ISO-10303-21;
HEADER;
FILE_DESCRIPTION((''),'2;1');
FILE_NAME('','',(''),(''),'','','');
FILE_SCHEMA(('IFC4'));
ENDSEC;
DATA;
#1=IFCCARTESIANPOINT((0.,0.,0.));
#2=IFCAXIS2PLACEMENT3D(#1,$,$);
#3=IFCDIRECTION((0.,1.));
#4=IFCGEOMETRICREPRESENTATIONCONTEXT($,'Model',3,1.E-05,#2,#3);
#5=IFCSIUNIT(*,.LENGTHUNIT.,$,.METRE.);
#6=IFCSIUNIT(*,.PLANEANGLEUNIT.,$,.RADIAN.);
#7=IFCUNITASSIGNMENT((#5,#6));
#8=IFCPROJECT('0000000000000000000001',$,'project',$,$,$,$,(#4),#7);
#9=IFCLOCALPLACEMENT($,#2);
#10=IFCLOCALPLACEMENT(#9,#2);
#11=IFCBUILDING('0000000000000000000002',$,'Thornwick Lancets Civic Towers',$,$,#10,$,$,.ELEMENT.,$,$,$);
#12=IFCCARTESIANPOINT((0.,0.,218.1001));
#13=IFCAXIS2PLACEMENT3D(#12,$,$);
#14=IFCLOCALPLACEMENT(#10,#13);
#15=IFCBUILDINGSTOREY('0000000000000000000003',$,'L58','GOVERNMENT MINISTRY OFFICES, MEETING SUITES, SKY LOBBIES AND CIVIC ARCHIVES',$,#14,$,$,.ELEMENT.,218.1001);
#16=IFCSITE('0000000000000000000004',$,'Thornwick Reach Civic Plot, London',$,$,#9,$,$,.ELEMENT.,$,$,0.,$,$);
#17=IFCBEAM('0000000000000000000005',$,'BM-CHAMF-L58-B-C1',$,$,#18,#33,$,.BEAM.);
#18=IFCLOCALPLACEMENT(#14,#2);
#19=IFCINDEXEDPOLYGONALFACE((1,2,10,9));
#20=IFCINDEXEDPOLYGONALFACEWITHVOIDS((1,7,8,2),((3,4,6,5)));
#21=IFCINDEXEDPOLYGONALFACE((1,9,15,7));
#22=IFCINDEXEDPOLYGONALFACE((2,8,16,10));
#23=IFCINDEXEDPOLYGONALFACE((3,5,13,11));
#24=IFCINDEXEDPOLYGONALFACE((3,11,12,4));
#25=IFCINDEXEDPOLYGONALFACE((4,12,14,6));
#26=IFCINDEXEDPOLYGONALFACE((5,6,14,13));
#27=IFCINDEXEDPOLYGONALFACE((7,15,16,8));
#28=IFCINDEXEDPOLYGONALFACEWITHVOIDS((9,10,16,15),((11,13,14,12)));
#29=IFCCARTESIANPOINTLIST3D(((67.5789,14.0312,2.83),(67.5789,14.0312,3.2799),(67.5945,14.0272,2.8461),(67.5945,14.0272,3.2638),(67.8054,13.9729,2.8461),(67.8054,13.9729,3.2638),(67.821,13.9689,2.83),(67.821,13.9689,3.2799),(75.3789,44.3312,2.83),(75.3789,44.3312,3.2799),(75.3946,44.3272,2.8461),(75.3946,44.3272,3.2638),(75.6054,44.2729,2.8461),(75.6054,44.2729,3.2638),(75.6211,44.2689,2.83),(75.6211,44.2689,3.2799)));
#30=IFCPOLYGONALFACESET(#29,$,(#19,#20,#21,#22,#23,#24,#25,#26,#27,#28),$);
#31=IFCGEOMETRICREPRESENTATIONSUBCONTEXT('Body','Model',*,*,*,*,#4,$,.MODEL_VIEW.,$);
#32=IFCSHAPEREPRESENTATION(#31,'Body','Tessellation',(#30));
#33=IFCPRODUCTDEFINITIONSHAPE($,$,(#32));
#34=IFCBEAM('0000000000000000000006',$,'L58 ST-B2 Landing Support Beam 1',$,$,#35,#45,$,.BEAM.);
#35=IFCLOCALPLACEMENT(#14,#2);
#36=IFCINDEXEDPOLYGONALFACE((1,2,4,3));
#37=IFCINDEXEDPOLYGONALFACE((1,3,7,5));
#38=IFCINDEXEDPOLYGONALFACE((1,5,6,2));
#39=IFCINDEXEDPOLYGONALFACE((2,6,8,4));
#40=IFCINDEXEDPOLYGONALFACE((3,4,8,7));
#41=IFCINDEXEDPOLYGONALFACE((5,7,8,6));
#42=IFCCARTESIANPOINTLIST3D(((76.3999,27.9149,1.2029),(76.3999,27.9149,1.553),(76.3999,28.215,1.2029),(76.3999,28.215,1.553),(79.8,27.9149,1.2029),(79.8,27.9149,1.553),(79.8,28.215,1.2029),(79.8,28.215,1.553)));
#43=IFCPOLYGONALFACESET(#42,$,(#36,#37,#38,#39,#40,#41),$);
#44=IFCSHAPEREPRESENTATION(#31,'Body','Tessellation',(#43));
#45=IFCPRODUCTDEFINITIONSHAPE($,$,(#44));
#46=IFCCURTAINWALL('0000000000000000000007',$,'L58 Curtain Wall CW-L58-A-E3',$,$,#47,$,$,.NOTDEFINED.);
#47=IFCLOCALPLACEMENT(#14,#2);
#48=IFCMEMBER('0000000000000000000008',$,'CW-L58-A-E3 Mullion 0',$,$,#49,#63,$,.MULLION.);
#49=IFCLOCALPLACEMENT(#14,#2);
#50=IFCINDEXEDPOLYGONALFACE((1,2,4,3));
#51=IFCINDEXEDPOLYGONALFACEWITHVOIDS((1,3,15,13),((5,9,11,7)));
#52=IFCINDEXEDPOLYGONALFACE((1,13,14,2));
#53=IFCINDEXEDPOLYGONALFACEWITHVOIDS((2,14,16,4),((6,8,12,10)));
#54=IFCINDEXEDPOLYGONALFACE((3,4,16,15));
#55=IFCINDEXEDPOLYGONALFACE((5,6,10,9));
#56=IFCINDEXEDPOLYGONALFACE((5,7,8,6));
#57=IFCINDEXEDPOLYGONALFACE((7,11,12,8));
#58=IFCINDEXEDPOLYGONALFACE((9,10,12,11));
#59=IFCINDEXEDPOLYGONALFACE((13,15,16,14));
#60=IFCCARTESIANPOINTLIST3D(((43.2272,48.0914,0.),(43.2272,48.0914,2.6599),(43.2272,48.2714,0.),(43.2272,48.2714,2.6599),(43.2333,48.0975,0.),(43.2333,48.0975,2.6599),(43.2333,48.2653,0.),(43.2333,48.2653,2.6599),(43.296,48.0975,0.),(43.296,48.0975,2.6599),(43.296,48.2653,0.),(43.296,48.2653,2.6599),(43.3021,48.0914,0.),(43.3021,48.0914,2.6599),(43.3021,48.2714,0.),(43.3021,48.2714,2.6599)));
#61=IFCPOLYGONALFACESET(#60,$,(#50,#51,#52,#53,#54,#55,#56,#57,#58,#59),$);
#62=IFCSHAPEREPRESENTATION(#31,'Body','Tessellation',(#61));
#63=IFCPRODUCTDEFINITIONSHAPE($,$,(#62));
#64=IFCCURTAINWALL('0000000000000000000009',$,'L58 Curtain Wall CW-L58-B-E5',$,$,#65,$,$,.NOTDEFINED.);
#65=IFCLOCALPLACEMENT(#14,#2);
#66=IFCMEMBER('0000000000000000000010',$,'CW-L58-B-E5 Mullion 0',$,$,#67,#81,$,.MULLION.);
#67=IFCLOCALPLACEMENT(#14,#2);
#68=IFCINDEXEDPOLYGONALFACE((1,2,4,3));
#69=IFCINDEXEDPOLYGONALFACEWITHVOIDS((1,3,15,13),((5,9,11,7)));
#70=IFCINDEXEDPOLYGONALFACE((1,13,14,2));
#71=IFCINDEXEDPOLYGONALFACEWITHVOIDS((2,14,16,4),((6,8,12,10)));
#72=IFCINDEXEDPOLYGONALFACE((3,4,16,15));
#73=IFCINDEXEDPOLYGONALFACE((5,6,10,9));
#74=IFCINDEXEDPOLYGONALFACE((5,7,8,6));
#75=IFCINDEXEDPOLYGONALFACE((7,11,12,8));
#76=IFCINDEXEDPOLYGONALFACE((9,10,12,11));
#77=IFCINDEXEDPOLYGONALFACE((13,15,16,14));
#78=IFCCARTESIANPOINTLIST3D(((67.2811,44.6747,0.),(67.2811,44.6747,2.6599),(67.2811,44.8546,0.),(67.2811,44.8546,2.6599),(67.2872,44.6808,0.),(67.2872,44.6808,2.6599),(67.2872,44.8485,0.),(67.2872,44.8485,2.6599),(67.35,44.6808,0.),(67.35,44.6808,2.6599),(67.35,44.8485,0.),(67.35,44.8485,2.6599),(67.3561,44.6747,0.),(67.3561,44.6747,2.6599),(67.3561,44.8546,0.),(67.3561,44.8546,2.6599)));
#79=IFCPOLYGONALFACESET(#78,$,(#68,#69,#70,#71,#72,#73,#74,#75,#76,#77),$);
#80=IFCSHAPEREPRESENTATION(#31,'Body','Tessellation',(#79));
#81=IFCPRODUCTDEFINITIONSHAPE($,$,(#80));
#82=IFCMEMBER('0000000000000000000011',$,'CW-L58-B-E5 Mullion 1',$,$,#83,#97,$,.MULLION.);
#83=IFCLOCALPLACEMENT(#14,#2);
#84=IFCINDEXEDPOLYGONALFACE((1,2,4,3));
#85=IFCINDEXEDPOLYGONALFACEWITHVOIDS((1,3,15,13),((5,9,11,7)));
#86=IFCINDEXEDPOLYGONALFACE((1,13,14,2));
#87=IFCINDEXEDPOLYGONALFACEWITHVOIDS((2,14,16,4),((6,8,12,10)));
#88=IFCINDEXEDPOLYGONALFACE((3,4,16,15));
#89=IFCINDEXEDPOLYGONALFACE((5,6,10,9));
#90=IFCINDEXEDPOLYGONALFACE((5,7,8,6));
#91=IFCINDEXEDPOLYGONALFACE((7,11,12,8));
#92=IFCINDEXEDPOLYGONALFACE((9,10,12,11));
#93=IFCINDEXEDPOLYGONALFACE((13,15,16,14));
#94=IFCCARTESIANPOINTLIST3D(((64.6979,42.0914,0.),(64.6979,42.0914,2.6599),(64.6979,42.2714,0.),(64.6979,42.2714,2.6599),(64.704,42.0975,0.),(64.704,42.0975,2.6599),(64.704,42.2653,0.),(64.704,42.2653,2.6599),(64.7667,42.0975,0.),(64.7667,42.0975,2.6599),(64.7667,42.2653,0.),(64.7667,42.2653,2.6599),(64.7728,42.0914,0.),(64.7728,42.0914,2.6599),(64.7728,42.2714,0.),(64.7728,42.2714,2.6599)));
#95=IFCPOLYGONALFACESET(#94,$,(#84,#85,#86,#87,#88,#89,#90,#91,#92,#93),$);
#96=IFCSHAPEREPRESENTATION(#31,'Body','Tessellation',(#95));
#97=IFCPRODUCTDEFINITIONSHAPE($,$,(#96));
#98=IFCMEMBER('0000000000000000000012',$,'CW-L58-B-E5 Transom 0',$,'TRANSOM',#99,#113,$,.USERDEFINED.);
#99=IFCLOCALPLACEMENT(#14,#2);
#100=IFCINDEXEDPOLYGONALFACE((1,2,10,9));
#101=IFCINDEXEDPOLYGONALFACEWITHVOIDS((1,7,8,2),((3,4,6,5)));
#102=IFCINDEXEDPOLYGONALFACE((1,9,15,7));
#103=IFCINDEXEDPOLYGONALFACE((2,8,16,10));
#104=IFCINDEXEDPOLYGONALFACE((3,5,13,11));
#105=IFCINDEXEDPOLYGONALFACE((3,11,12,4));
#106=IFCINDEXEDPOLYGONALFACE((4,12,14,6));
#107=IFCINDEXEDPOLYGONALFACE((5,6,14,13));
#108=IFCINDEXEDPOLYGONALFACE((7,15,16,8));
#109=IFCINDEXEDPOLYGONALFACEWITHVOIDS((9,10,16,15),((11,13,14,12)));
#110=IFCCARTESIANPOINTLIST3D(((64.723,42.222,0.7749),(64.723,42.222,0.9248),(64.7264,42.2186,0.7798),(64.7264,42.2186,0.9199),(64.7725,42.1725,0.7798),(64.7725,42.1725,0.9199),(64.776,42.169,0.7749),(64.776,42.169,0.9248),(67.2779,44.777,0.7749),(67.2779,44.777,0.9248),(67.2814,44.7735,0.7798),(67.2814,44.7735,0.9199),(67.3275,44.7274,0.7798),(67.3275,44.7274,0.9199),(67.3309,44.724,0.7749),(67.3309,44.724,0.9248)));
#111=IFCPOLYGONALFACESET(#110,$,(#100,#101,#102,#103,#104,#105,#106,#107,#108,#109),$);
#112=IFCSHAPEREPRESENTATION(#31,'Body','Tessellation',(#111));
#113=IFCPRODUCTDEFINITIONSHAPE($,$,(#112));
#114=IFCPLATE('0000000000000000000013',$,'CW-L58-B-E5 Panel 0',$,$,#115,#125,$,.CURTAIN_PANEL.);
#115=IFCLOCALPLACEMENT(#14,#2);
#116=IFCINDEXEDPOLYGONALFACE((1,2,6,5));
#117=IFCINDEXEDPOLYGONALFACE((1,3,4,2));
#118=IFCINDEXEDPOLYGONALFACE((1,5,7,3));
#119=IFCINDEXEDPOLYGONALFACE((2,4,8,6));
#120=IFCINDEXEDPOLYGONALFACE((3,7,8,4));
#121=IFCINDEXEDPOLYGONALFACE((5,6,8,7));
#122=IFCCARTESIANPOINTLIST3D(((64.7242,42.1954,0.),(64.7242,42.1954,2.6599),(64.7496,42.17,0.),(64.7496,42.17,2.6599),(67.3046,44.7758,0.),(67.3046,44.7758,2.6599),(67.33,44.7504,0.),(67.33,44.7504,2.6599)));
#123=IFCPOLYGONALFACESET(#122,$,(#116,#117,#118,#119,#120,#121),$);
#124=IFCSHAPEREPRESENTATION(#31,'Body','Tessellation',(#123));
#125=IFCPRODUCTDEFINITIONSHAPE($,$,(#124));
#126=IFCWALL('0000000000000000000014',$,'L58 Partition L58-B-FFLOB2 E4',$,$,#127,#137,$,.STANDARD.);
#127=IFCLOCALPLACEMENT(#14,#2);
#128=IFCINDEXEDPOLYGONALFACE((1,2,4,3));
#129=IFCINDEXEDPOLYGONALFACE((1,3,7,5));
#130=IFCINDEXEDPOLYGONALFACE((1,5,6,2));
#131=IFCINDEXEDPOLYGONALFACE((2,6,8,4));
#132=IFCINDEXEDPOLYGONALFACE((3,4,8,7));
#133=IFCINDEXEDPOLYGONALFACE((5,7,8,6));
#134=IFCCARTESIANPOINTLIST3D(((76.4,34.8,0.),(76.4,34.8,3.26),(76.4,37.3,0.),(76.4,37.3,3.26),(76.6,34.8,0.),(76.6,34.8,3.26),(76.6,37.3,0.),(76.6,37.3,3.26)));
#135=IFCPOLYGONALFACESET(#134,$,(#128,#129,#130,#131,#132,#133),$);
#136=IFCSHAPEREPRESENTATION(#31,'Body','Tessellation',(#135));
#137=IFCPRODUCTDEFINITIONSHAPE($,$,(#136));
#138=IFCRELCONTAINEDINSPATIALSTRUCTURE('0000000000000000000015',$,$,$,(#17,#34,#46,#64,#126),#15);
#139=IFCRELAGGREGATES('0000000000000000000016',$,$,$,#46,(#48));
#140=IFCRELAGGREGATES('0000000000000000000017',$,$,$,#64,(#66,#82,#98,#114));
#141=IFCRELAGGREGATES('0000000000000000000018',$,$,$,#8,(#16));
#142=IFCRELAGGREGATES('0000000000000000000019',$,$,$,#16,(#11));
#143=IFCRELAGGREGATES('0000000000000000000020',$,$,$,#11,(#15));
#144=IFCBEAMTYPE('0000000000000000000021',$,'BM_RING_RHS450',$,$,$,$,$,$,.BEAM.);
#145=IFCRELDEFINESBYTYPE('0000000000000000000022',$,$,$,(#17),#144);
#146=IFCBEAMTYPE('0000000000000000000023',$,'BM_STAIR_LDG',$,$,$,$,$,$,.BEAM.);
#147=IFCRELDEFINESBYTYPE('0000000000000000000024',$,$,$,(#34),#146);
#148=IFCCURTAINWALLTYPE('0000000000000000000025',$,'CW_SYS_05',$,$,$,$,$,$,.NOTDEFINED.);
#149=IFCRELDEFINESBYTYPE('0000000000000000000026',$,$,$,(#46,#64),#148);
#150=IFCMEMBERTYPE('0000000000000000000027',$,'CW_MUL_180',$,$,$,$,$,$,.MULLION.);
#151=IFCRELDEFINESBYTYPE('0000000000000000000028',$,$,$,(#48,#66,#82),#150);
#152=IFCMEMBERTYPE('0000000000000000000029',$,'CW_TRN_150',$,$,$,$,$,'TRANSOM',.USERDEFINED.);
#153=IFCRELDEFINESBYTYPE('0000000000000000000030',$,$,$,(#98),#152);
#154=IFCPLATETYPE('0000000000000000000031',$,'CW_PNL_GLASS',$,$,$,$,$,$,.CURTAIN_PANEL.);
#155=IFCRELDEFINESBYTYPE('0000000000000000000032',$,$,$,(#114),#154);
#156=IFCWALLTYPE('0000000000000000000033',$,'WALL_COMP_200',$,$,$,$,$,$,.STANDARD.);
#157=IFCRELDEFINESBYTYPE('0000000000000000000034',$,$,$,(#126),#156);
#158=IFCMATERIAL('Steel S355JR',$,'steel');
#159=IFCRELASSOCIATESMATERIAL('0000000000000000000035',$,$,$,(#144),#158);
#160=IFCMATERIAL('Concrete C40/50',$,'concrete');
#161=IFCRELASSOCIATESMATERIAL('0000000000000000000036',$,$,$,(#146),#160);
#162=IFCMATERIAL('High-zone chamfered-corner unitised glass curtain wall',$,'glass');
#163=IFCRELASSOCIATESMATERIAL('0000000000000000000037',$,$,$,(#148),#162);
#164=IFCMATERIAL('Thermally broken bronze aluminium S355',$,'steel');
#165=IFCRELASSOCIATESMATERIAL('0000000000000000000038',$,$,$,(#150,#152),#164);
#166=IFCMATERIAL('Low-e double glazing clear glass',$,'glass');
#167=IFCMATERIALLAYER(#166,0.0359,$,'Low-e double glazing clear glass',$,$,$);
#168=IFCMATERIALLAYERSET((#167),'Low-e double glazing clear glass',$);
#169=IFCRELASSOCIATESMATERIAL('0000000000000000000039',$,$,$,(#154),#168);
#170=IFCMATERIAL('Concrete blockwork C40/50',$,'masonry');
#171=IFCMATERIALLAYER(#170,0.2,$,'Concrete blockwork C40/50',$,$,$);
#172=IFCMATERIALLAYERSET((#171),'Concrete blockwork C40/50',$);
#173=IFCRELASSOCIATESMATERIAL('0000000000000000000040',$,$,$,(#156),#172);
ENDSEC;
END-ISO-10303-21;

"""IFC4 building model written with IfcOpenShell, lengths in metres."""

from ifc_helpers import new_model, si_unit, direction, frame, frame_2d, origin, origin_2d, place, context, subcontext, project, spatial, rectangle, hollow_rectangle, extrude, material, layer, layer_set, material_profile, profile_set, type_object, element, aggregate, save


model = new_model("IFC4")

# Units and contexts
model_context = context("Model", 3, precision=1e-05, world=origin(), true_north=direction((0.0, 1.0)))
body_context = subcontext(model_context, "Body", "Model", "MODEL_VIEW")
ifc_project = project(units=[si_unit("LENGTHUNIT", "METRE"), si_unit("PLANEANGLEUNIT", "RADIAN")], contexts=[model_context])

# Site, building, storey
site_placement = place(None, origin())
site = spatial("IfcSite", under=ifc_project, at=site_placement, Name="Thornwick Reach Civic Plot, London", CompositionType="ELEMENT", RefElevation=0.0)
building_placement = place(site_placement, origin())
building = spatial("IfcBuilding", under=site, at=building_placement, Name="Thornwick Lancets Civic Towers", CompositionType="ELEMENT")
storey_placement = place(building_placement, frame((0.0, 0.0, 218.1001)))
storey = spatial("IfcBuildingStorey", under=building, at=storey_placement, Name="L58", Description="GOVERNMENT MINISTRY OFFICES, MEETING SUITES, SKY LOBBIES AND CIVIC ARCHIVES", CompositionType="ELEMENT", Elevation=218.1001)

# Shared definitions
ifc_material_1 = material(Name="Steel S355JR", Category="steel")

# Beams
ifc_material_profile_1 = material_profile(ifc_material_1, hollow_rectangle(XDim=0.25, YDim=0.45, WallThickness=0.0161, at=origin_2d()), Name="RHS 450x250x16")
ifc_profile_set_1 = profile_set([ifc_material_profile_1], Name="Steel S355JR")
beam_type_1 = type_object("IfcBeamType", Name="BM_RING_RHS450", PredefinedType="BEAM", material=ifc_profile_set_1)
beam_1_placement = place(storey_placement, frame((75.5, 44.3, 3.0549), z_axis=(-0.249299, -0.968427, 0.0), x_axis=(0.968427, -0.249299, 0.0)))
element("IfcBeam", 1, at=beam_1_placement, inside=storey, type_object=beam_type_1, Name="BM-CHAMF-L58-B-C1", PredefinedType="BEAM", context=body_context, shape_type="SweptSolid", body=[
    extrude(hollow_rectangle(XDim=0.25, YDim=0.45, WallThickness=0.0161, at=origin_2d()), origin(), (0.0, 0.0, 1.0), 31.2878),
])
ifc_material_2 = material(Name="Concrete C40/50", Category="concrete")
ifc_material_profile_2 = material_profile(ifc_material_2, rectangle(XDim=0.3, YDim=0.3501, at=origin_2d()), Name="RC 300x350")
ifc_profile_set_2 = profile_set([ifc_material_profile_2], Name="Concrete C40/50")
beam_type_2 = type_object("IfcBeamType", Name="BM_STAIR_LDG", PredefinedType="BEAM", material=ifc_profile_set_2)
beam_2_placement = place(storey_placement, frame((76.3999, 28.0649, 1.3779), z_axis=(1.0, 0.0, 0.0), x_axis=(0.0, 1.0, 0.0)))
element("IfcBeam", 2, at=beam_2_placement, inside=storey, type_object=beam_type_2, Name="L58 ST-B2 Landing Support Beam 1", PredefinedType="BEAM", context=body_context, shape_type="SweptSolid", body=[
    extrude(rectangle(XDim=0.3, YDim=0.3501, at=origin_2d()), origin(), (0.0, 0.0, 1.0), 3.4001),
])

# Curtain wall, member
ifc_material_3 = material(Name="High-zone chamfered-corner unitised glass curtain wall", Category="glass")
curtain_wall_type = type_object("IfcCurtainWallType", Name="CW_SYS_05", PredefinedType="NOTDEFINED", material=ifc_material_3)
curtain_wall_1_placement = place(storey_placement, origin())
curtain_wall_1 = element("IfcCurtainWall", 3, at=curtain_wall_1_placement, inside=storey, type_object=curtain_wall_type, Name="L58 Curtain Wall CW-L58-A-E3", PredefinedType="NOTDEFINED")
ifc_material_4 = material(Name="Thermally broken bronze aluminium S355", Category="steel")
ifc_material_profile_3 = material_profile(ifc_material_4, hollow_rectangle(XDim=0.075, YDim=0.1799, WallThickness=0.0061, at=origin_2d()), Name="RHS 180x75x6")
ifc_profile_set_3 = profile_set([ifc_material_profile_3], Name="Thermally broken bronze aluminium S355")
member_type_1 = type_object("IfcMemberType", Name="CW_MUL_180", PredefinedType="MULLION", material=ifc_profile_set_3)
member_1_placement = place(storey_placement, frame((43.2646, 48.1814, 0.0), z_axis=(0.0, 0.0, 1.0), x_axis=(1.0, 0.0, 0.0)))
member_1 = element("IfcMember", 4, at=member_1_placement, type_object=member_type_1, Name="CW-L58-A-E3 Mullion 0", PredefinedType="MULLION", context=body_context, shape_type="SweptSolid", body=[
    extrude(hollow_rectangle(XDim=0.075, YDim=0.1799, WallThickness=0.0061, at=origin_2d()), origin(), (0.0, 0.0, 1.0), 2.6599),
])
aggregate(curtain_wall_1, [member_1])

# Curtain wall, members, plate
curtain_wall_2_placement = place(storey_placement, origin())
curtain_wall_2 = element("IfcCurtainWall", 5, at=curtain_wall_2_placement, inside=storey, type_object=curtain_wall_type, Name="L58 Curtain Wall CW-L58-B-E5", PredefinedType="NOTDEFINED")
member_2_placement = place(storey_placement, frame((67.3186, 44.7646, 0.0), z_axis=(0.0, 0.0, 1.0), x_axis=(1.0, 0.0, 0.0)))
member_2 = element("IfcMember", 6, at=member_2_placement, type_object=member_type_1, Name="CW-L58-B-E5 Mullion 0", PredefinedType="MULLION", context=body_context, shape_type="SweptSolid", body=[
    extrude(hollow_rectangle(XDim=0.075, YDim=0.1799, WallThickness=0.0061, at=origin_2d()), origin(), (0.0, 0.0, 1.0), 2.6599),
])
member_3_placement = place(storey_placement, frame((64.7354, 42.1814, 0.0), z_axis=(0.0, 0.0, 1.0), x_axis=(1.0, 0.0, 0.0)))
member_3 = element("IfcMember", 7, at=member_3_placement, type_object=member_type_1, Name="CW-L58-B-E5 Mullion 1", PredefinedType="MULLION", context=body_context, shape_type="SweptSolid", body=[
    extrude(hollow_rectangle(XDim=0.075, YDim=0.1799, WallThickness=0.0061, at=origin_2d()), origin(), (0.0, 0.0, 1.0), 2.6599),
])
ifc_material_profile_4 = material_profile(ifc_material_4, hollow_rectangle(XDim=0.075, YDim=0.1499, WallThickness=0.0049, at=origin_2d()), Name="RHS 150x75x5")
ifc_profile_set_4 = profile_set([ifc_material_profile_4], Name="Thermally broken bronze aluminium S355")
member_type_2 = type_object("IfcMemberType", Name="CW_TRN_150", ElementType="TRANSOM", PredefinedType="USERDEFINED", material=ifc_profile_set_4)
member_4_placement = place(storey_placement, frame((67.3044, 44.7505, 0.8499), z_axis=(-0.707107, -0.707107, 0.0), x_axis=(0.707107, -0.707107, 0.0)))
member_4 = element("IfcMember", 8, at=member_4_placement, type_object=member_type_2, Name="CW-L58-B-E5 Transom 0", ObjectType="TRANSOM", PredefinedType="USERDEFINED", context=body_context, shape_type="SweptSolid", body=[
    extrude(hollow_rectangle(XDim=0.075, YDim=0.1499, WallThickness=0.0049, at=origin_2d()), origin(), (0.0, 0.0, 1.0), 3.6133),
])
ifc_material_5 = material(Name="Low-e double glazing clear glass", Category="glass")
ifc_layer_1 = layer(ifc_material_5, 0.0359, Name="Low-e double glazing clear glass")
ifc_layer_set_1 = layer_set([ifc_layer_1], Name="Low-e double glazing clear glass")
plate_type = type_object("IfcPlateType", Name="CW_PNL_GLASS", PredefinedType="CURTAIN_PANEL", material=ifc_layer_set_1)
plate_placement = place(storey_placement, frame((66.0271, 43.4729, 0.0), z_axis=(0.0, 0.0, 1.0), x_axis=(-0.707107, -0.707107, 0.0)))
plate = element("IfcPlate", 9, at=plate_placement, type_object=plate_type, Name="CW-L58-B-E5 Panel 0", PredefinedType="CURTAIN_PANEL", context=body_context, shape_type="SweptSolid", body=[
    extrude(rectangle(XDim=3.6492, YDim=0.0359, at=origin_2d()), origin(), (0.0, 0.0, 1.0), 2.6599),
])
aggregate(curtain_wall_2, [member_2, member_3, member_4, plate])

# Wall
ifc_material_6 = material(Name="Concrete blockwork C40/50", Category="masonry")
ifc_layer_2 = layer(ifc_material_6, 0.2, Name="Concrete blockwork C40/50")
ifc_layer_set_2 = layer_set([ifc_layer_2], Name="Concrete blockwork C40/50")
wall_type_1 = type_object("IfcWallType", Name="WALL_COMP_200", PredefinedType="STANDARD", material=ifc_layer_set_2)
wall_1_placement = place(storey_placement, frame((76.5, 37.3, 0.0), z_axis=(0.0, 0.0, 1.0), x_axis=(0.0, -1.0, 0.0)))
element("IfcWall", 10, at=wall_1_placement, inside=storey, type_object=wall_type_1, Name="L58 Partition L58-B-FFLOB2 E4", PredefinedType="STANDARD", context=body_context, shape_type="SweptSolid", body=[
    extrude(rectangle(XDim=2.5, YDim=0.2, at=frame_2d((1.25, 0.0))), origin(), (0.0, 0.0, 1.0), 3.26),
])

save(model, "model.ifc")
